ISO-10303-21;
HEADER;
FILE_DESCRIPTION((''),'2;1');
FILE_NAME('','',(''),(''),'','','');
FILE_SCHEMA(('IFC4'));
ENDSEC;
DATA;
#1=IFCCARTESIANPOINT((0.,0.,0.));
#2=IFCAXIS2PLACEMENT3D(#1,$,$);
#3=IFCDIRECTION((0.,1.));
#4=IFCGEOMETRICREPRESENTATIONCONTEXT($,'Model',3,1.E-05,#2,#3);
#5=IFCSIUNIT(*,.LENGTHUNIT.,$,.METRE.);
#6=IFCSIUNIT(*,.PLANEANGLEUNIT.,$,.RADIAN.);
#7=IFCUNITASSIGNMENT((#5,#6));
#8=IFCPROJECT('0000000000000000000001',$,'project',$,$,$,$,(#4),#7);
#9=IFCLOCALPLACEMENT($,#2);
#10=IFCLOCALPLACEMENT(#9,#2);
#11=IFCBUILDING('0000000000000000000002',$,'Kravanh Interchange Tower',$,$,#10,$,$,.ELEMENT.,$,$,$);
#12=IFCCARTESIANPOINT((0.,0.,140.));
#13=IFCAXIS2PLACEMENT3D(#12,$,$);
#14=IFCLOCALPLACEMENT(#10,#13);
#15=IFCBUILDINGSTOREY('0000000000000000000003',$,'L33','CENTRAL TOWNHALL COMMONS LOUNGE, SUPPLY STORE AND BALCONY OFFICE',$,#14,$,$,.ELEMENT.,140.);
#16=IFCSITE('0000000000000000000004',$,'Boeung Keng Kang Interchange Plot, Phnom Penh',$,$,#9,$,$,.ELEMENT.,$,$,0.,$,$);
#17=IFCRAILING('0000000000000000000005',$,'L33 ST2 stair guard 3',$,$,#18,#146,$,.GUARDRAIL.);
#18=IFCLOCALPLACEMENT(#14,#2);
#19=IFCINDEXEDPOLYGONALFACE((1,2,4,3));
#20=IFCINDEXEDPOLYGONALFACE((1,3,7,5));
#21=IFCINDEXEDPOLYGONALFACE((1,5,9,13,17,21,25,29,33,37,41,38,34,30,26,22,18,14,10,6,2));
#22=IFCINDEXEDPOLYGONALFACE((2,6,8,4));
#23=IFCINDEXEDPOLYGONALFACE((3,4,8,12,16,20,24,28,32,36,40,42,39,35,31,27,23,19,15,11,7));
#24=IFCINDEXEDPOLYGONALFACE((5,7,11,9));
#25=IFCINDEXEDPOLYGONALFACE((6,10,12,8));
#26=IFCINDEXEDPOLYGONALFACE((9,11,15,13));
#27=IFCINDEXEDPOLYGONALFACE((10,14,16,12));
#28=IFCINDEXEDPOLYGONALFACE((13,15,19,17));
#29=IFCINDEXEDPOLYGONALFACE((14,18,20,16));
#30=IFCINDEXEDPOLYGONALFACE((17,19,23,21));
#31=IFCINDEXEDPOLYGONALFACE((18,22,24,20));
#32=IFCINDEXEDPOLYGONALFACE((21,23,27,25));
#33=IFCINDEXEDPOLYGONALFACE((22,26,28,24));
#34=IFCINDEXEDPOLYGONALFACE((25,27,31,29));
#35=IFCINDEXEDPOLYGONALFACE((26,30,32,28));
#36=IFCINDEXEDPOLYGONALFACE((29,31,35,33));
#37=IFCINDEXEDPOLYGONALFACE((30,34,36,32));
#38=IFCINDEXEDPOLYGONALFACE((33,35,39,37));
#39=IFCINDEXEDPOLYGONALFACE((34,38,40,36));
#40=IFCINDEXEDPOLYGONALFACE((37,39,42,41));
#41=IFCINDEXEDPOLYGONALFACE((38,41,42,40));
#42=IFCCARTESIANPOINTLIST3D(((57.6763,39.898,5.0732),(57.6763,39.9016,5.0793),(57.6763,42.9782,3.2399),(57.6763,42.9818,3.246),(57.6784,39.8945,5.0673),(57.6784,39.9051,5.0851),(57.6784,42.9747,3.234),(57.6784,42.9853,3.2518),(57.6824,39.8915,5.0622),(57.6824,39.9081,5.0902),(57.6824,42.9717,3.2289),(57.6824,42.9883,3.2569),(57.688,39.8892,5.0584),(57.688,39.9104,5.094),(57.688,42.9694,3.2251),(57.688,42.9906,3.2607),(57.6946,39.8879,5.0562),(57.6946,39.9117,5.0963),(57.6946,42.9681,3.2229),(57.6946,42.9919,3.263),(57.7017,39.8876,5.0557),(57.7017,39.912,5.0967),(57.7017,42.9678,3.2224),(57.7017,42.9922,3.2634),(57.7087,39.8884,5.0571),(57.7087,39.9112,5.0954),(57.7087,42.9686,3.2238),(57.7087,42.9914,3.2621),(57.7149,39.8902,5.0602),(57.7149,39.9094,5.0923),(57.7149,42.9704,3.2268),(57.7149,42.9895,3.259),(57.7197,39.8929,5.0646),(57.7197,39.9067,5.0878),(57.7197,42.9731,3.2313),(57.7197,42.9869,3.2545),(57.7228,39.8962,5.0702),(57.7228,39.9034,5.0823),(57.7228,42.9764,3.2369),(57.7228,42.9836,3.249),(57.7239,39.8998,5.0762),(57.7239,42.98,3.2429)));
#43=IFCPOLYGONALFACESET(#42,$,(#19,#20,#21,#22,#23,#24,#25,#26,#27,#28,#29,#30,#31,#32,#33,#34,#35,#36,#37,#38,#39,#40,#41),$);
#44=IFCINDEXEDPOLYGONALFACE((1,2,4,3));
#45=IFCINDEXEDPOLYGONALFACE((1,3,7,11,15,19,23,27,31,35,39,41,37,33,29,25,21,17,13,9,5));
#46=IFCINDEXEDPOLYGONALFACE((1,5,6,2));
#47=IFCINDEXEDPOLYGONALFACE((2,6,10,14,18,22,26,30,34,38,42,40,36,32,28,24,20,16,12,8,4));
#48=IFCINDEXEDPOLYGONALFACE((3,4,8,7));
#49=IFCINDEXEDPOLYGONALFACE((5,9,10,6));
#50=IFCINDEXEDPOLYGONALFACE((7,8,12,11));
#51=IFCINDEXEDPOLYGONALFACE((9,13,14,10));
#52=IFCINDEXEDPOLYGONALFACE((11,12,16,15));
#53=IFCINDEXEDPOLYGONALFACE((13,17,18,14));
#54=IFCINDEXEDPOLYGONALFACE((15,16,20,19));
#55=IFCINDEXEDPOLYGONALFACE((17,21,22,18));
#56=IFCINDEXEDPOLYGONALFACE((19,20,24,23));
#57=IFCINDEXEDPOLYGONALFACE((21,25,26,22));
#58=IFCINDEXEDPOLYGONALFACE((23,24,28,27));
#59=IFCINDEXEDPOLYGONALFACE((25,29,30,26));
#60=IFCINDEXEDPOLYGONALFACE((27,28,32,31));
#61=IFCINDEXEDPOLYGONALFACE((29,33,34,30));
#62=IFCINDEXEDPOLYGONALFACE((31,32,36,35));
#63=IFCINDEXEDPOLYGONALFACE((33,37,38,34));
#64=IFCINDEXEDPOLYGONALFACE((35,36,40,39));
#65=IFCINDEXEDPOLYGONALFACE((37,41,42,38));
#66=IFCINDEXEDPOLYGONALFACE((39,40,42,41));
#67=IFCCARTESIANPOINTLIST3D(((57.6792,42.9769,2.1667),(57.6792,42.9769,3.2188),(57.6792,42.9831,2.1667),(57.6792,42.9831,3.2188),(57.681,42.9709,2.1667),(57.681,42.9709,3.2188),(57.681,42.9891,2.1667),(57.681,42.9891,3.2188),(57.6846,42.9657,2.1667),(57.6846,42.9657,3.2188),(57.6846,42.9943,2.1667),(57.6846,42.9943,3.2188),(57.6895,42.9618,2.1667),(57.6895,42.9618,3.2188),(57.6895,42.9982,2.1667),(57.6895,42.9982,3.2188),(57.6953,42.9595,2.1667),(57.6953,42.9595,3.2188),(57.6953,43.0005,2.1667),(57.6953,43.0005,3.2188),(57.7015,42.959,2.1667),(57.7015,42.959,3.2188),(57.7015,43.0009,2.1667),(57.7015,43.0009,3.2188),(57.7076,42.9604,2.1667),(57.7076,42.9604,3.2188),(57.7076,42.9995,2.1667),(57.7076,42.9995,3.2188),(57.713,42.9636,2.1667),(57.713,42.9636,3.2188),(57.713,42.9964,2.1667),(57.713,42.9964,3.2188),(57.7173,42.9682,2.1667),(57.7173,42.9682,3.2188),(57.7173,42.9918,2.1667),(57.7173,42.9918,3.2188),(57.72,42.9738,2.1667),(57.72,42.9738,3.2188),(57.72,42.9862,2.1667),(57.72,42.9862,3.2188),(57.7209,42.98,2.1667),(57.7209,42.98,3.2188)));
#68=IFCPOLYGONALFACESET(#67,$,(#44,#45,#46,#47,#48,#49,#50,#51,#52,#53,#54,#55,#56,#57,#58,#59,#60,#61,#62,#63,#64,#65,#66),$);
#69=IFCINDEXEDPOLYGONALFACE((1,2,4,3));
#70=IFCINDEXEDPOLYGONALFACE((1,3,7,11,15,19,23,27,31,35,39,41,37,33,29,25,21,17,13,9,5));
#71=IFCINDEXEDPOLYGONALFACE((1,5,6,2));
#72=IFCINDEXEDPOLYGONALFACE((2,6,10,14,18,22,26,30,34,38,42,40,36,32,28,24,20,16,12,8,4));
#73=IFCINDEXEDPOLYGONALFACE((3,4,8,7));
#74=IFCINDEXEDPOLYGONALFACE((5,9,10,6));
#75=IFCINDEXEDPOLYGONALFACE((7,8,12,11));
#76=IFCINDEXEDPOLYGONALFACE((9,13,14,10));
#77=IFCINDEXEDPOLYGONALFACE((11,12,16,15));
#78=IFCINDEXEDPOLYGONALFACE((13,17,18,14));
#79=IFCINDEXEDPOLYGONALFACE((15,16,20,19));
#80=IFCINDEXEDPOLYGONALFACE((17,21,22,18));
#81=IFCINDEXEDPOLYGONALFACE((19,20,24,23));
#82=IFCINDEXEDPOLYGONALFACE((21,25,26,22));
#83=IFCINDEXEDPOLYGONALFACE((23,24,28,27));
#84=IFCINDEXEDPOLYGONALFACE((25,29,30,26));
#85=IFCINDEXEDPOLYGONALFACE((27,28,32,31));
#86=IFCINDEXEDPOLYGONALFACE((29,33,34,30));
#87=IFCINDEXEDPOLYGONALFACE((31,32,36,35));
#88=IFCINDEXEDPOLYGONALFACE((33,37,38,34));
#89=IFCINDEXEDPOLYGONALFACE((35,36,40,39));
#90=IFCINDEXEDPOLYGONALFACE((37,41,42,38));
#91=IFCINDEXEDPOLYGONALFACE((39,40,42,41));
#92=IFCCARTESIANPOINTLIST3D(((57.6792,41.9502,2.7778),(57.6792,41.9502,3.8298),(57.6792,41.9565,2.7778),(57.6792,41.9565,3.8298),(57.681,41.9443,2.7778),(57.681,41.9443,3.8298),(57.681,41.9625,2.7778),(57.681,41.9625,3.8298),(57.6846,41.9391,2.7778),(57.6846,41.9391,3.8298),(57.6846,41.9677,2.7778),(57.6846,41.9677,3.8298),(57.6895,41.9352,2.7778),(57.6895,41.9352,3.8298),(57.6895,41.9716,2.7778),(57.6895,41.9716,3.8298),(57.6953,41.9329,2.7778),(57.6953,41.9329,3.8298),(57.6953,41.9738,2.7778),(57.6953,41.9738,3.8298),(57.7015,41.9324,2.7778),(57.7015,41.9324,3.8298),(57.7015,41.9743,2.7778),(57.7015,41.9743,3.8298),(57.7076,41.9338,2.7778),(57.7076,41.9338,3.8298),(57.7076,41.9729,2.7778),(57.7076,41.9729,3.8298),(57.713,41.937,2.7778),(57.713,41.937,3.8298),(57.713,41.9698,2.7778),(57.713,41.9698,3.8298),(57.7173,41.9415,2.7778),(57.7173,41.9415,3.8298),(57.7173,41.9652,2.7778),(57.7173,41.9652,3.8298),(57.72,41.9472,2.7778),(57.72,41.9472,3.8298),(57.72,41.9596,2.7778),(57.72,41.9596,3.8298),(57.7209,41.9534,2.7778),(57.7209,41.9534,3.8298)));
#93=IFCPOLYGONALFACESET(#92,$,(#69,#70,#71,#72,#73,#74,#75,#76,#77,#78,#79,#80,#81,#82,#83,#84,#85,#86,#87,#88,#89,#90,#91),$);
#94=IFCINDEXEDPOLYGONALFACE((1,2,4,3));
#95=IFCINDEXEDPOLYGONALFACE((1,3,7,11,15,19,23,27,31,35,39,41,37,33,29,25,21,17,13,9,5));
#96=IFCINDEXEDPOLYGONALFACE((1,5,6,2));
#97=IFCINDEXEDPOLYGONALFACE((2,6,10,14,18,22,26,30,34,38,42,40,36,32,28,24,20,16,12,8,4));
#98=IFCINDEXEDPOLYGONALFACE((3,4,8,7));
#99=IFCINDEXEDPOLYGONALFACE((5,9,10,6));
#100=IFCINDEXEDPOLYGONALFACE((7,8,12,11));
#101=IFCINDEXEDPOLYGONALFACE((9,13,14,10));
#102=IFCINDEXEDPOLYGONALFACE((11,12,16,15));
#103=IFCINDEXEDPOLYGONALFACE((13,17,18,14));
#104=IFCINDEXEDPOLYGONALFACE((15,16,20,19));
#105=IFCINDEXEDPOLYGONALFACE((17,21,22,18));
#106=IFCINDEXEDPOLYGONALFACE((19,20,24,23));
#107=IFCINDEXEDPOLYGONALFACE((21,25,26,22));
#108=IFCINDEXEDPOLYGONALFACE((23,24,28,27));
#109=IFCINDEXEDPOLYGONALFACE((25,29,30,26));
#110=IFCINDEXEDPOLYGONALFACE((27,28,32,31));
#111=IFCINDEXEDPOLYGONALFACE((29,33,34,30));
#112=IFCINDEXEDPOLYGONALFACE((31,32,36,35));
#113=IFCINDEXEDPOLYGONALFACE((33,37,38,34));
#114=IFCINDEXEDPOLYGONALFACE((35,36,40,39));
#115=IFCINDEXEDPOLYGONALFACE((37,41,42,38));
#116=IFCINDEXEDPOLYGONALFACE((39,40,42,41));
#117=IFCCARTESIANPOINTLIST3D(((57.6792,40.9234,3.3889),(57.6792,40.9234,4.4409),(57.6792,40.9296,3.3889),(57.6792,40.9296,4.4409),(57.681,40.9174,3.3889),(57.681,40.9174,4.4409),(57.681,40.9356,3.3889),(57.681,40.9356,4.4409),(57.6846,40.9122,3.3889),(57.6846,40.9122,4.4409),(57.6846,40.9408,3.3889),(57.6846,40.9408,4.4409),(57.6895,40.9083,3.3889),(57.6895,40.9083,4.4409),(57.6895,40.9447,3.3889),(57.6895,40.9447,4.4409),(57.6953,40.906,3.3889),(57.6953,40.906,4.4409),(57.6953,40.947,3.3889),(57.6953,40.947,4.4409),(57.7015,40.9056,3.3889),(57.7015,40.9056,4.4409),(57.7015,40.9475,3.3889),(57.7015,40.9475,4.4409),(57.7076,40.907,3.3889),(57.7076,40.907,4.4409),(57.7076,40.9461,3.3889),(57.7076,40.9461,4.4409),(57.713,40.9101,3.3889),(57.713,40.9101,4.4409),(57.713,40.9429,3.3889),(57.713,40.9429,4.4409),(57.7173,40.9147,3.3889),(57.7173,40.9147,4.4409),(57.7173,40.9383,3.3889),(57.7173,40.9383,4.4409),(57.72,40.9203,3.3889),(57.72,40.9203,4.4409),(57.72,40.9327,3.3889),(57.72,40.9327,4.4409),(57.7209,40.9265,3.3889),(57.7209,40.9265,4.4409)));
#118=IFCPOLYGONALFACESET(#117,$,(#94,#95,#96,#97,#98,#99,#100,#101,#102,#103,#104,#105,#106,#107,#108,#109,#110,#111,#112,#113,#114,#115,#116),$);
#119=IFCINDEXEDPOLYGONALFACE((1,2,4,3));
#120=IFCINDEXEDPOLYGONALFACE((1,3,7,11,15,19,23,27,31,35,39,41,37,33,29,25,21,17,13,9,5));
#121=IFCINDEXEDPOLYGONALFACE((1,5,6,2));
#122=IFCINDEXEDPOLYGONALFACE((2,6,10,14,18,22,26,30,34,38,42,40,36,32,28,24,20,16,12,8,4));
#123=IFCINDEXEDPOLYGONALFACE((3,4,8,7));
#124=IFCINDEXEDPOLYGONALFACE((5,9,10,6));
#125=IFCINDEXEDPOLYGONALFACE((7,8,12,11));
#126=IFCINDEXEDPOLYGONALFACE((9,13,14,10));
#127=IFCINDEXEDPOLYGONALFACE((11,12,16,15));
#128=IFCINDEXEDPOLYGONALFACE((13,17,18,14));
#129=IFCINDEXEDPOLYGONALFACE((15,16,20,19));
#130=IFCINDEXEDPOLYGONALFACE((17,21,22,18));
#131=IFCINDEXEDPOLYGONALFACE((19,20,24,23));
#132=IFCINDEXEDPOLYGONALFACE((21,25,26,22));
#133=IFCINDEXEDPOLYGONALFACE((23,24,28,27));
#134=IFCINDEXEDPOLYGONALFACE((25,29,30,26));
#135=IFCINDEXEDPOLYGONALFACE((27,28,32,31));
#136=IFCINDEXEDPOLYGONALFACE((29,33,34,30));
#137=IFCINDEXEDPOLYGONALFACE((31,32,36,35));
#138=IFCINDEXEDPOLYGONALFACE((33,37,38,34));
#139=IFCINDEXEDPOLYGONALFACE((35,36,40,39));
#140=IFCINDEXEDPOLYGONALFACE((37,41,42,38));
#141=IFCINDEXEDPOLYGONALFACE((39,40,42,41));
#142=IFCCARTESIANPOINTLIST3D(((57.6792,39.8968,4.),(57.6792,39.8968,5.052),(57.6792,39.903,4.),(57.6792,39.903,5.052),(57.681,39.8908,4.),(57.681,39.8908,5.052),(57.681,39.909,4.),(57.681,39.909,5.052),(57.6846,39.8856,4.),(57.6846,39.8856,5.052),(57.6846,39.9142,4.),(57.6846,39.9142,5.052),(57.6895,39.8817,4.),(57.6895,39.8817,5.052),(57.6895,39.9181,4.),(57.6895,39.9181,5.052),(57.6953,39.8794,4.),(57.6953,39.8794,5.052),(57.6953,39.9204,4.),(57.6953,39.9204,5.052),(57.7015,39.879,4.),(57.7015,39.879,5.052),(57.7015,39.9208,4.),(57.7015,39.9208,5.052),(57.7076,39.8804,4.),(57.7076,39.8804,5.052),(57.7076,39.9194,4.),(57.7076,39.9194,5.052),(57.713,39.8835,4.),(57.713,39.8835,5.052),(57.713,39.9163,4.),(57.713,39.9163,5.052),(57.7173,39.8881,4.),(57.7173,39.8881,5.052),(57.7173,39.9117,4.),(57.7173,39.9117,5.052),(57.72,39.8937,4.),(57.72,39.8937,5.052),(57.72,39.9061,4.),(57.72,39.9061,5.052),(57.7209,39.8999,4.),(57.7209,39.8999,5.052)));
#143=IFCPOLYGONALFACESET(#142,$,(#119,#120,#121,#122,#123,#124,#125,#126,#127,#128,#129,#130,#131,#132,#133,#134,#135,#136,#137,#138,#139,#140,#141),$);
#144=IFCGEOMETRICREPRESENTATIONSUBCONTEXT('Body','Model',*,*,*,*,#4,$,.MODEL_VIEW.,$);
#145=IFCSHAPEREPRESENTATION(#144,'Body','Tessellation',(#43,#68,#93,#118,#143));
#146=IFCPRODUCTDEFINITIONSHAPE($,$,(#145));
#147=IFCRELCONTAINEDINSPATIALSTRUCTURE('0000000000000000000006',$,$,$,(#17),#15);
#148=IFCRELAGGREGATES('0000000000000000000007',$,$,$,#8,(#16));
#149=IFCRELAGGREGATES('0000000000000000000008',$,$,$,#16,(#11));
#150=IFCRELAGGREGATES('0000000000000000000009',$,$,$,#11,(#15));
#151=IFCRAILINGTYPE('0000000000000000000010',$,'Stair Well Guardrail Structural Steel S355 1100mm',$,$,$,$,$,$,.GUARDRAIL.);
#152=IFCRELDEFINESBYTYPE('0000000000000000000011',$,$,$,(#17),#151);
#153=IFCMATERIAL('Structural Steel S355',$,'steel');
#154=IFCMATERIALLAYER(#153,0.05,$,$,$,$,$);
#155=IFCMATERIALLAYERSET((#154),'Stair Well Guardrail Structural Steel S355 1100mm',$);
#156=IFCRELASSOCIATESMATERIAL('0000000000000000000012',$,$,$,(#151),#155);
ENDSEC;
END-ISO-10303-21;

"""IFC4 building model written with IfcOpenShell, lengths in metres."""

from ifc_helpers import new_model, si_unit, direction, frame, origin, origin_2d, place, context, subcontext, project, spatial, circle, extrude, material, layer, layer_set, type_object, element, save


model = new_model("IFC4")

# Units and contexts
model_context = context("Model", 3, precision=1e-05, world=origin(), true_north=direction((0.0, 1.0)))
body_context = subcontext(model_context, "Body", "Model", "MODEL_VIEW")
ifc_project = project(units=[si_unit("LENGTHUNIT", "METRE"), si_unit("PLANEANGLEUNIT", "RADIAN")], contexts=[model_context])

# Site, building, storey
site_placement = place(None, origin())
site = spatial("IfcSite", under=ifc_project, at=site_placement, Name="Boeung Keng Kang Interchange Plot, Phnom Penh", CompositionType="ELEMENT", RefElevation=0.0)
building_placement = place(site_placement, origin())
building = spatial("IfcBuilding", under=site, at=building_placement, Name="Kravanh Interchange Tower", CompositionType="ELEMENT")
storey_placement = place(building_placement, frame((0.0, 0.0, 140.0)))
storey = spatial("IfcBuildingStorey", under=building, at=storey_placement, Name="L33", Description="CENTRAL TOWNHALL COMMONS LOUNGE, SUPPLY STORE AND BALCONY OFFICE", CompositionType="ELEMENT", Elevation=140.0)

# Railing
ifc_material_1 = material(Name="Structural Steel S355", Category="steel")
ifc_layer_1 = layer(ifc_material_1, 0.05)
ifc_layer_set_1 = layer_set([ifc_layer_1], Name="Stair Well Guardrail Structural Steel S355 1100mm")
railing_type_1 = type_object("IfcRailingType", Name="Stair Well Guardrail Structural Steel S355 1100mm", PredefinedType="GUARDRAIL", material=ifc_layer_set_1)
railing_1_placement = place(storey_placement, frame((57.7, 42.98, 2.1667)))
element("IfcRailing", 1, at=railing_1_placement, inside=storey, type_object=railing_type_1, Name="L33 ST2 stair guard 3", PredefinedType="GUARDRAIL", context=body_context, shape_type="SweptSolid", body=[
    extrude(circle(Radius=0.0239, at=origin_2d()), frame((0.0, 0.0, 1.0762), z_axis=(0.0, -0.859309, 0.511458), x_axis=(1.0, 0.0, 0.0)), (0.0, 0.0, 1.0), 3.5845),
    extrude(circle(Radius=0.021, at=origin_2d()), origin(), (0.0, 0.0, 1.0), 1.052),
    extrude(circle(Radius=0.021, at=origin_2d()), frame((0.0, -1.0266, 0.6111)), (0.0, 0.0, 1.0), 1.052),
    extrude(circle(Radius=0.021, at=origin_2d()), frame((0.0, -2.0535, 1.2222)), (0.0, 0.0, 1.0), 1.052),
    extrude(circle(Radius=0.021, at=origin_2d()), frame((0.0, -3.0801, 1.8333)), (0.0, 0.0, 1.0), 1.052),
])

save(model, "model.ifc")
